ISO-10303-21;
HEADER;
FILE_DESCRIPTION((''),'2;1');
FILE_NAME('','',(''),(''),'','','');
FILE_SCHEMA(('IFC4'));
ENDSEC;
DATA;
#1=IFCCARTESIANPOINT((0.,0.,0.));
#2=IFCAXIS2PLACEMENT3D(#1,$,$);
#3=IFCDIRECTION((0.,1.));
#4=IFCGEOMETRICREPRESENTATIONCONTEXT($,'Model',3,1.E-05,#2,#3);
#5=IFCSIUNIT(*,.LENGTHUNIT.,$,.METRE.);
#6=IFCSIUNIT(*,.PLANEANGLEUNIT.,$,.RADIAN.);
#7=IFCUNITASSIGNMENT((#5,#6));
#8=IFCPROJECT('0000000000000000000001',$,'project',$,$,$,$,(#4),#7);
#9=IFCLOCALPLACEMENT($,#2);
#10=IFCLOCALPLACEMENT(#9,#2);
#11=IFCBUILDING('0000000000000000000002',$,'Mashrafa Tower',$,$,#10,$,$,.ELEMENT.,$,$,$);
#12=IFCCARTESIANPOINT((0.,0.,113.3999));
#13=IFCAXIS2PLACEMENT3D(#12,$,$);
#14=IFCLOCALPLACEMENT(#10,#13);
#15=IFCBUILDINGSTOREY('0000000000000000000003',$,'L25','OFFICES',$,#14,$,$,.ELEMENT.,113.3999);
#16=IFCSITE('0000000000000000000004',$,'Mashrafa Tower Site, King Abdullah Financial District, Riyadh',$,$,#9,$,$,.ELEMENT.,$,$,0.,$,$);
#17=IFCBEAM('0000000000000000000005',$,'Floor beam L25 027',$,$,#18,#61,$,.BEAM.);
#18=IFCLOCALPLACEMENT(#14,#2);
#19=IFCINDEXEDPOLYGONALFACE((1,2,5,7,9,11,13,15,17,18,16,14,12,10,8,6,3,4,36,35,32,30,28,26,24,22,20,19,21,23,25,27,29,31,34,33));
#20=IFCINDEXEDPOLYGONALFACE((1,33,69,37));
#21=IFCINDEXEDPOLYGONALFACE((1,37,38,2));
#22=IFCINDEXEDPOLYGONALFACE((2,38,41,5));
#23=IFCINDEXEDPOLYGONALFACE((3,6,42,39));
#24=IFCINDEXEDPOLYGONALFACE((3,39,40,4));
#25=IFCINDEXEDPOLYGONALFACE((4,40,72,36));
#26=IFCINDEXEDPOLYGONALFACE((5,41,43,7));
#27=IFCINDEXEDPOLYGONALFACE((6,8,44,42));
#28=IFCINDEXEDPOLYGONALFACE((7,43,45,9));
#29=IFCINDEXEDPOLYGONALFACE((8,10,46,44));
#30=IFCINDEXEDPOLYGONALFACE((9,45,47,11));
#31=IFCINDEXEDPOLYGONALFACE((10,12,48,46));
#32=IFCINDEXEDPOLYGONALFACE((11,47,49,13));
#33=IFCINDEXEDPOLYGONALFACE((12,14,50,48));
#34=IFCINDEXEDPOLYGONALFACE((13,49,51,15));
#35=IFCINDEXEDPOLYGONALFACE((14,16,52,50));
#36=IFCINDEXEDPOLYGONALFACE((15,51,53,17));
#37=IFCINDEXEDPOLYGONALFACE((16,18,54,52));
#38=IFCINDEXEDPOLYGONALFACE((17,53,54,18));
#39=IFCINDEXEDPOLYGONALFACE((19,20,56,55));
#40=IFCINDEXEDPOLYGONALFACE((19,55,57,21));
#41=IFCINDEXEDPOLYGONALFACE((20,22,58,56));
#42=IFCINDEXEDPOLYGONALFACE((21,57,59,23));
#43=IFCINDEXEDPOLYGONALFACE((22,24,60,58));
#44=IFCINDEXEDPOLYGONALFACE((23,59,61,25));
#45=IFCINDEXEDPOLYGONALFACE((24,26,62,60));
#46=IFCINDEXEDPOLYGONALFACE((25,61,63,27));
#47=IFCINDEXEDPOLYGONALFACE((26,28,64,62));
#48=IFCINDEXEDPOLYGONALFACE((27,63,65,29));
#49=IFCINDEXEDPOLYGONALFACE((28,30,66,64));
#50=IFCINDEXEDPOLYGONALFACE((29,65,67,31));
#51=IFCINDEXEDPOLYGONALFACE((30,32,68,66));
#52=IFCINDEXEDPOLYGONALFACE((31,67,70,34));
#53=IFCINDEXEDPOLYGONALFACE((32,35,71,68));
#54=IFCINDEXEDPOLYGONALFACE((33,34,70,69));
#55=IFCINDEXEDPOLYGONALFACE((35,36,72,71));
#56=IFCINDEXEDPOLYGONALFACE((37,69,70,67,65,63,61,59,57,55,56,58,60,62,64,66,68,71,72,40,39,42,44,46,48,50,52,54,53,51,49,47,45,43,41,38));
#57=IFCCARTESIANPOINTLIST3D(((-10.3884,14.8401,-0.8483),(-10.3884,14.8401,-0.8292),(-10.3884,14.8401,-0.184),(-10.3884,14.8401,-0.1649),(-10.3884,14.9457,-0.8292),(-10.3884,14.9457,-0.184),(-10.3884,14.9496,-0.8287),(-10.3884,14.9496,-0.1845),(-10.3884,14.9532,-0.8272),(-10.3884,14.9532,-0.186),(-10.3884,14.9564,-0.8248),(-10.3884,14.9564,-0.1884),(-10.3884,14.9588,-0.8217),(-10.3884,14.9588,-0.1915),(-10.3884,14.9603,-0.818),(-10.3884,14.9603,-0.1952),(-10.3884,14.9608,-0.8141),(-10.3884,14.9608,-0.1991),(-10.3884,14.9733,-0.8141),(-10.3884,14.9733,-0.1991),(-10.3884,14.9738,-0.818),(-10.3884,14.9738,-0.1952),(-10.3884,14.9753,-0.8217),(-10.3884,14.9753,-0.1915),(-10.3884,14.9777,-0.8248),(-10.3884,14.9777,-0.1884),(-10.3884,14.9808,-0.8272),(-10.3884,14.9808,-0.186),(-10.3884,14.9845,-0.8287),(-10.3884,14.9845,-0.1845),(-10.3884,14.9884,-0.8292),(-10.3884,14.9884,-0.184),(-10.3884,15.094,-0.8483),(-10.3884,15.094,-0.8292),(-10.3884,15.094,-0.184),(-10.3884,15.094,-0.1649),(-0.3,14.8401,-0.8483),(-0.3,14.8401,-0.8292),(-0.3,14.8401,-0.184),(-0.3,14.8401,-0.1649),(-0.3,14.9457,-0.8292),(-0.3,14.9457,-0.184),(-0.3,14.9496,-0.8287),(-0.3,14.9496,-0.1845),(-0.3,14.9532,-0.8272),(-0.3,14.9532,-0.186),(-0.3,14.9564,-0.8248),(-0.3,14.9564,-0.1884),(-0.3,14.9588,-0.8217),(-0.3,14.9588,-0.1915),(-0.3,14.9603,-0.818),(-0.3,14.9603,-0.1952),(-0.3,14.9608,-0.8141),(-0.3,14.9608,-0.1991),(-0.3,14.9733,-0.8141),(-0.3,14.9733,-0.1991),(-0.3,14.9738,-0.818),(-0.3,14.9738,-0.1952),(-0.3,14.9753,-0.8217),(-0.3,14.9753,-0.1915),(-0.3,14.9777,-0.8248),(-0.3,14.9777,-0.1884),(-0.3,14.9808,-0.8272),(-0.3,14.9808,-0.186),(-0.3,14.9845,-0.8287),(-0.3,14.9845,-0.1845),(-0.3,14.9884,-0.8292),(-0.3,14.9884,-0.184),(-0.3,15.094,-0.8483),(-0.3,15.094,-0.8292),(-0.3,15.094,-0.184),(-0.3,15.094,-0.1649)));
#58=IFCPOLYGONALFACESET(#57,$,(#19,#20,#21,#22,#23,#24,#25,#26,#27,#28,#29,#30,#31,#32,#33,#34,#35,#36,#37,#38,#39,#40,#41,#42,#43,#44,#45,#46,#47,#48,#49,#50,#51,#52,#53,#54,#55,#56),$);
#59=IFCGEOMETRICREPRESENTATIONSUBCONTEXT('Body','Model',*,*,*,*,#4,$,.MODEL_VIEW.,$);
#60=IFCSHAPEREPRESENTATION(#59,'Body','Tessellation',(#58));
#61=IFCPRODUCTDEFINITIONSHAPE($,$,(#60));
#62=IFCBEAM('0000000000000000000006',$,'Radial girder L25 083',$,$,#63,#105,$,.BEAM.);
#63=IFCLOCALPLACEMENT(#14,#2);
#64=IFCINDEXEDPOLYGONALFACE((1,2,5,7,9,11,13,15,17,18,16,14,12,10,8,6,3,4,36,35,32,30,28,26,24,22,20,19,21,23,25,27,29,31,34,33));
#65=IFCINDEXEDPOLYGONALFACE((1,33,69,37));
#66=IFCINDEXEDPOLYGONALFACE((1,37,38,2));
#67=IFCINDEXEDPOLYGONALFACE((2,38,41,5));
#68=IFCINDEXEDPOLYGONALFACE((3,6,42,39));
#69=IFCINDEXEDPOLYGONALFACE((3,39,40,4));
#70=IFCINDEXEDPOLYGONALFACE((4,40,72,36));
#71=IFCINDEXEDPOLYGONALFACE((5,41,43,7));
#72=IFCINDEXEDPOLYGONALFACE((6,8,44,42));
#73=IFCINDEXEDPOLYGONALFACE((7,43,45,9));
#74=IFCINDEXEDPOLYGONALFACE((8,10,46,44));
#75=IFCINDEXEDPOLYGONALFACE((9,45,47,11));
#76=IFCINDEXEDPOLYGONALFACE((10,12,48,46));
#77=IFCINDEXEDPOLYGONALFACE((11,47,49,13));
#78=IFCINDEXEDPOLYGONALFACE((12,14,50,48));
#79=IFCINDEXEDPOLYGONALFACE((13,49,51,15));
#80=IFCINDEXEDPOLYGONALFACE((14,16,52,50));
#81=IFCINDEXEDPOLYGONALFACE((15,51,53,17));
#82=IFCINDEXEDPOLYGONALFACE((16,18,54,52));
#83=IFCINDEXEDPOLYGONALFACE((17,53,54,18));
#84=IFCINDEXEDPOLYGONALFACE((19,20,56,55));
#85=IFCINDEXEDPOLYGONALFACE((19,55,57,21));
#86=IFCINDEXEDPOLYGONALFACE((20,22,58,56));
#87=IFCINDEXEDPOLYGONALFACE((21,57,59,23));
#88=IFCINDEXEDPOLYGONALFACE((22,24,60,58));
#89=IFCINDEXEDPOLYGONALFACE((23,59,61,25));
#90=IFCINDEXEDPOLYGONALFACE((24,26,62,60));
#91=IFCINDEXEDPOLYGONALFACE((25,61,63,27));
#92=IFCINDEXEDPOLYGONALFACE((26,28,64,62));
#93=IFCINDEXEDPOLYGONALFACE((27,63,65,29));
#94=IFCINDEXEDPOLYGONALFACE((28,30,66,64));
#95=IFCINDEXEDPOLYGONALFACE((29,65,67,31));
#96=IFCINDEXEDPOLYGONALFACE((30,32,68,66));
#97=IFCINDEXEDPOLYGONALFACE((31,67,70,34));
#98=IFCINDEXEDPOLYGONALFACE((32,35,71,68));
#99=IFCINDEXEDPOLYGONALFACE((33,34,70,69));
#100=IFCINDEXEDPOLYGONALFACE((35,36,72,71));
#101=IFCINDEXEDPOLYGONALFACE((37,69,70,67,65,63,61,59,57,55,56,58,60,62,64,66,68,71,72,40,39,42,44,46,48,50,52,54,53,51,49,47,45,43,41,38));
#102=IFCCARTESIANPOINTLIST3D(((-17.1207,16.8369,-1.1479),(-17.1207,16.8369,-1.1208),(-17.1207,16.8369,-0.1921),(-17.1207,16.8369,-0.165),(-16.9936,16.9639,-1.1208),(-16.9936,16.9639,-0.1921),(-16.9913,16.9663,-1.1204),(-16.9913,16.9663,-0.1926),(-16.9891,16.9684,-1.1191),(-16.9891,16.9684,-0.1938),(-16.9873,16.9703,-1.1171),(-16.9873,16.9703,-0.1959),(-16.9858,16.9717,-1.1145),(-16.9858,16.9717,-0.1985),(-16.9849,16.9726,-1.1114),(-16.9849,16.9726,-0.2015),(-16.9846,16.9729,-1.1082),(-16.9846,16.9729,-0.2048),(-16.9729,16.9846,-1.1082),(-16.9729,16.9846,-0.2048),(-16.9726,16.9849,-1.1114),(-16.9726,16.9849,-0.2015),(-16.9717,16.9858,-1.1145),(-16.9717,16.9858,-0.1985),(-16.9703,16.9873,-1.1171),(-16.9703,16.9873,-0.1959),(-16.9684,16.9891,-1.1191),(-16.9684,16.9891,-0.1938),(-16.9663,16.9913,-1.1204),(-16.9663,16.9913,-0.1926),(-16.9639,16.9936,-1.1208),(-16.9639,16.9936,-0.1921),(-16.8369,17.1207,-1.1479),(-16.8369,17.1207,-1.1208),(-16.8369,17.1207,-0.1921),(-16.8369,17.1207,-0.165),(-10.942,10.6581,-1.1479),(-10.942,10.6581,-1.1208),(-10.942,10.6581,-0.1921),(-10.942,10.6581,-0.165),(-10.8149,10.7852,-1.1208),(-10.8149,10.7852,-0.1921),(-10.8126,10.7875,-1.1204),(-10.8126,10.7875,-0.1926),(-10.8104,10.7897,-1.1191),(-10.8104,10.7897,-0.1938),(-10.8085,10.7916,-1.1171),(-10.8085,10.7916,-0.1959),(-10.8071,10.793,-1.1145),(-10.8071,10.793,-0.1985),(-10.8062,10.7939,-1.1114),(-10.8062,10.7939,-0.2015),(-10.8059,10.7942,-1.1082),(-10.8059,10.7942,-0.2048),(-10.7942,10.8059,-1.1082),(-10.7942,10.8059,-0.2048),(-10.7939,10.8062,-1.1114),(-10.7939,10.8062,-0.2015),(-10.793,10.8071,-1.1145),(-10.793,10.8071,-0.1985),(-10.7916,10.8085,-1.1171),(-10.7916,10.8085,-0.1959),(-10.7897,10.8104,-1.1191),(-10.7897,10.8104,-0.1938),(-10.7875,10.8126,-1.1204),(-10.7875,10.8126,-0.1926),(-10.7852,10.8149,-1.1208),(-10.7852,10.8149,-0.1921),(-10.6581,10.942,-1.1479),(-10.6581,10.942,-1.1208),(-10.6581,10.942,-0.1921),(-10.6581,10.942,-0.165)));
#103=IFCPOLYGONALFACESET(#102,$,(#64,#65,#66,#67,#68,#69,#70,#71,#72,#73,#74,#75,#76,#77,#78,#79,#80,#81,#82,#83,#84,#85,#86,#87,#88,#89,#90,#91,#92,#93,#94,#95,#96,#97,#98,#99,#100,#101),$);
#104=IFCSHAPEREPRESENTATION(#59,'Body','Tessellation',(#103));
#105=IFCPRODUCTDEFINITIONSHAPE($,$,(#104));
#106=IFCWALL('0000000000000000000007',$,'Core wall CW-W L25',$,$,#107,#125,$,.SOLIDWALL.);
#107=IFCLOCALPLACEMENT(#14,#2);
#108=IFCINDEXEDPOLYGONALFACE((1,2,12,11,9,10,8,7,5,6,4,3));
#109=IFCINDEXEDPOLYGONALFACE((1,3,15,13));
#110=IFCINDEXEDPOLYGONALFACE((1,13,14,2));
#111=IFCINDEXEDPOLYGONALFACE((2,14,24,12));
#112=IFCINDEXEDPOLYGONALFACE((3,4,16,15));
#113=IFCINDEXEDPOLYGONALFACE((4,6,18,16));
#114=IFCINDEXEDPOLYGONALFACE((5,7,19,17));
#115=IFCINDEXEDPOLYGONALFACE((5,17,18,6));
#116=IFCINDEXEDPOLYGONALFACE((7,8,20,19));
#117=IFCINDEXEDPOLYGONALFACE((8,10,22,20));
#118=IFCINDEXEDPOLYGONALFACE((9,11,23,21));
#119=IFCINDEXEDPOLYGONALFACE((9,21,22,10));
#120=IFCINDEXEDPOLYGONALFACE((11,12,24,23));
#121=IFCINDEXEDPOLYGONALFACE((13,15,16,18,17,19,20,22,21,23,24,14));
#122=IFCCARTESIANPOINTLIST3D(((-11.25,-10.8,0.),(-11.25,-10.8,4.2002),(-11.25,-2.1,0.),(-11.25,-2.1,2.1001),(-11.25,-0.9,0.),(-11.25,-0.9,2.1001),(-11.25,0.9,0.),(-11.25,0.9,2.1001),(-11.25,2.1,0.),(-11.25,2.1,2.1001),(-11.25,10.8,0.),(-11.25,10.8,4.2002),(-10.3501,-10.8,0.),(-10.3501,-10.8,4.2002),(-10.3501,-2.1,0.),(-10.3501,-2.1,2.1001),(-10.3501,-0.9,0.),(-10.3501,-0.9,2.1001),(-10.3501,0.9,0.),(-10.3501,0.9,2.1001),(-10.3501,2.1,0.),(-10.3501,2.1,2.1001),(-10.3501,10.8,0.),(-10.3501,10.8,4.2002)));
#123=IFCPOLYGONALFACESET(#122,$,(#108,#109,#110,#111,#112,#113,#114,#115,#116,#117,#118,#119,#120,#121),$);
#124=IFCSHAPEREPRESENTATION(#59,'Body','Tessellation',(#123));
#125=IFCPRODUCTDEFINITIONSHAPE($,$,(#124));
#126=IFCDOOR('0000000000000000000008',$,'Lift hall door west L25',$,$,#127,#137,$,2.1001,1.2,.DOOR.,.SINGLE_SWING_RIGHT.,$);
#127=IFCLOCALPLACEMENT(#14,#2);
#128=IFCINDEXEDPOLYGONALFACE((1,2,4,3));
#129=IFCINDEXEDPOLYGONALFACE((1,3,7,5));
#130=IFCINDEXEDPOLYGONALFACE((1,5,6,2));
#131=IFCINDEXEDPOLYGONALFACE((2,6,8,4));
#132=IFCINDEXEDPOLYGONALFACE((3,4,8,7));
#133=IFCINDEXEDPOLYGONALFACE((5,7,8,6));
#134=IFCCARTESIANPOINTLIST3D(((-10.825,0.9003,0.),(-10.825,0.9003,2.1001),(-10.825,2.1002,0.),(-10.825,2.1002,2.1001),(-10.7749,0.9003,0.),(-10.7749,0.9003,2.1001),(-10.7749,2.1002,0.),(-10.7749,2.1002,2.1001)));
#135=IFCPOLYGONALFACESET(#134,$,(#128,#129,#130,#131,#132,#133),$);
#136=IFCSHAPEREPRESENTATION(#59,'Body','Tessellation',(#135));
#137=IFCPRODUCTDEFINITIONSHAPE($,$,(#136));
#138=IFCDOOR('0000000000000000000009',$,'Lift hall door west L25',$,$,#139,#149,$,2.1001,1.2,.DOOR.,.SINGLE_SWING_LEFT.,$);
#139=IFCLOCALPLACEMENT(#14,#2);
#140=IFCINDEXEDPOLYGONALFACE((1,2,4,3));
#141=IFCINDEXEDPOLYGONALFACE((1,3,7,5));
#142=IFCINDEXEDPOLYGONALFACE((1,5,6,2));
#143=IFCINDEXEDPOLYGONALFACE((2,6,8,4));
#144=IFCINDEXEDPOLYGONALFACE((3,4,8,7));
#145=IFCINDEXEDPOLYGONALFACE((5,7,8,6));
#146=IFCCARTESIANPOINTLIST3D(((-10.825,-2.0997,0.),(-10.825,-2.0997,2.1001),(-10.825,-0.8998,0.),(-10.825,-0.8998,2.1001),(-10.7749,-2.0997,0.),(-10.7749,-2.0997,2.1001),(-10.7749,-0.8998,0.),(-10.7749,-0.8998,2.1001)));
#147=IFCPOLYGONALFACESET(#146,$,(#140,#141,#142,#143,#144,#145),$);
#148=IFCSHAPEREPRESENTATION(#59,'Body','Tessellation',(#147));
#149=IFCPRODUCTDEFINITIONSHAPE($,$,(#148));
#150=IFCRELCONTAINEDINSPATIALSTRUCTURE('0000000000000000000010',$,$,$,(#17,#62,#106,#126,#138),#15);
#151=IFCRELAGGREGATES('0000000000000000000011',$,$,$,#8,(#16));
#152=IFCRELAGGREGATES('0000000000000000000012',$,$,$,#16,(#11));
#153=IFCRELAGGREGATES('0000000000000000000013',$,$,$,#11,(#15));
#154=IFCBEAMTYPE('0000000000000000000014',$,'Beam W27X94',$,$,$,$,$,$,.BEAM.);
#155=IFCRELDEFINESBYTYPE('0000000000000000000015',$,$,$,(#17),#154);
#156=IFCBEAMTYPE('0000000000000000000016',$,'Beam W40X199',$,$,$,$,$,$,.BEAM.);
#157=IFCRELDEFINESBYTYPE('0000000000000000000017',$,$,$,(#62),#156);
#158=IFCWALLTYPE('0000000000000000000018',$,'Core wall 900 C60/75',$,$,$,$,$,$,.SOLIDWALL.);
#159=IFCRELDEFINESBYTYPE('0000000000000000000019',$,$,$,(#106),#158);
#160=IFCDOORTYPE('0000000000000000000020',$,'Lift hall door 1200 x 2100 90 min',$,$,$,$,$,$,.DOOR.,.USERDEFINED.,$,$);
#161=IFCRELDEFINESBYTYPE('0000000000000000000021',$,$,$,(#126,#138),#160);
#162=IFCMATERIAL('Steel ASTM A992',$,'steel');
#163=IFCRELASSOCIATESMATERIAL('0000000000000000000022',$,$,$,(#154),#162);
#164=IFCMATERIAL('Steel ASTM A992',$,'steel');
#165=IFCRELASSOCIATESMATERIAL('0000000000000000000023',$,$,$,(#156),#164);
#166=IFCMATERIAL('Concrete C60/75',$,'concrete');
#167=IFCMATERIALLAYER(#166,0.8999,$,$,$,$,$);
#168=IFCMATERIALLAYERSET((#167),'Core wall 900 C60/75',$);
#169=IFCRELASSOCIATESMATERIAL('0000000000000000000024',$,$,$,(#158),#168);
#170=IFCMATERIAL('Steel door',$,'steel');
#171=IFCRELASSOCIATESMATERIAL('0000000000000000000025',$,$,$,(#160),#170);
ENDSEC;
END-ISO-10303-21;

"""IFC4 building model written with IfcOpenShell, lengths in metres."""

from ifc_helpers import new_model, si_unit, direction, frame, frame_2d, origin, origin_2d, place, context, subcontext, project, spatial, rectangle, i_section, extrude, material, layer, layer_set, material_profile, profile_set, type_object, element, fill, save


model = new_model("IFC4")

# Units and contexts
model_context = context("Model", 3, precision=1e-05, world=origin(), true_north=direction((0.0, 1.0)))
body_context = subcontext(model_context, "Body", "Model", "MODEL_VIEW")
ifc_project = project(units=[si_unit("LENGTHUNIT", "METRE"), si_unit("PLANEANGLEUNIT", "RADIAN")], contexts=[model_context])

# Site, building, storey
site_placement = place(None, origin())
site = spatial("IfcSite", under=ifc_project, at=site_placement, Name="Mashrafa Tower Site, King Abdullah Financial District, Riyadh", CompositionType="ELEMENT", RefElevation=0.0)
building_placement = place(site_placement, origin())
building = spatial("IfcBuilding", under=site, at=building_placement, Name="Mashrafa Tower", CompositionType="ELEMENT")
storey_placement = place(building_placement, frame((0.0, 0.0, 113.3999)))
storey = spatial("IfcBuildingStorey", under=building, at=storey_placement, Name="L25", Description="OFFICES", CompositionType="ELEMENT", Elevation=113.3999)

# Beams
ifc_material_1 = material(Name="Steel ASTM A992", Category="steel")
ifc_material_profile_1 = material_profile(ifc_material_1, i_section(OverallWidth=0.2539, OverallDepth=0.6833, WebThickness=0.0125, FlangeThickness=0.019, FilletRadius=0.0151, at=origin_2d()), Name="W27X94")
ifc_profile_set_1 = profile_set([ifc_material_profile_1], Name="Steel ASTM A992")
beam_type_1 = type_object("IfcBeamType", Name="Beam W27X94", PredefinedType="BEAM", material=ifc_profile_set_1)
beam_1_placement = place(storey_placement, frame((-10.3884, 14.967, -0.5066), z_axis=(1.0, 0.0, 0.0), x_axis=(0.0, 1.0, 0.0)))
element("IfcBeam", 1, at=beam_1_placement, inside=storey, type_object=beam_type_1, Name="Floor beam L25 027", PredefinedType="BEAM", context=body_context, shape_type="SweptSolid", body=[
    extrude(i_section(OverallWidth=0.2539, OverallDepth=0.6833, WebThickness=0.0125, FlangeThickness=0.019, FilletRadius=0.0151, at=origin_2d()), origin(), (0.0, 0.0, 1.0), 10.0884),
])
ifc_material_2 = material(Name="Steel ASTM A992", Category="steel")
ifc_material_profile_2 = material_profile(ifc_material_2, i_section(OverallWidth=0.4014, OverallDepth=0.9829, WebThickness=0.0166, FlangeThickness=0.0271, FilletRadius=0.0127, at=origin_2d()), Name="W40X199")
ifc_profile_set_2 = profile_set([ifc_material_profile_2], Name="Steel ASTM A992")
beam_type_2 = type_object("IfcBeamType", Name="Beam W40X199", PredefinedType="BEAM", material=ifc_profile_set_2)
beam_2_placement = place(storey_placement, frame((-10.8, 10.8, -0.6565), z_axis=(-0.707107, 0.707107, 0.0), x_axis=(-0.707107, -0.707107, 0.0)))
element("IfcBeam", 2, at=beam_2_placement, inside=storey, type_object=beam_type_2, Name="Radial girder L25 083", PredefinedType="BEAM", context=body_context, shape_type="SweptSolid", body=[
    extrude(i_section(OverallWidth=0.4014, OverallDepth=0.9829, WebThickness=0.0166, FlangeThickness=0.0271, FilletRadius=0.0127, at=origin_2d()), origin(), (0.0, 0.0, 1.0), 8.738),
])

# Wall, openings, doors
ifc_material_3 = material(Name="Concrete C60/75", Category="concrete")
ifc_layer_1 = layer(ifc_material_3, 0.8999)
ifc_layer_set_1 = layer_set([ifc_layer_1], Name="Core wall 900 C60/75")
wall_type_1 = type_object("IfcWallType", Name="Core wall 900 C60/75", PredefinedType="SOLIDWALL", material=ifc_layer_set_1)
wall_1_placement = place(storey_placement, frame((-10.8, 10.8, 0.0), z_axis=(0.0, 0.0, 1.0), x_axis=(0.0, -1.0, 0.0)))
wall_1 = element("IfcWall", 3, at=wall_1_placement, inside=storey, type_object=wall_type_1, Name="Core wall CW-W L25", PredefinedType="SOLIDWALL", context=body_context, shape_type="SweptSolid", body=[
    extrude(rectangle(XDim=21.6001, YDim=0.8999, at=frame_2d((10.8, 0.0))), origin(), (0.0, 0.0, 1.0), 4.2002),
])
opening_1_placement = place(wall_1_placement, frame((8.7, 0.0, 0.0)))
opening_1 = element("IfcOpeningElement", 4, at=opening_1_placement, cuts=wall_1, PredefinedType="OPENING", context=body_context, shape_type="SweptSolid", body=[
    extrude(rectangle(XDim=1.2, YDim=2.1001, at=frame_2d((0.6001, 1.05))), frame((0.0, 0.46, 0.0), z_axis=(0.0, -1.0, 0.0), x_axis=(1.0, 0.0, 0.0)), (0.0, 0.0, 1.0), 0.9199),
])
opening_2_placement = place(wall_1_placement, frame((11.7, 0.0, 0.0)))
opening_2 = element("IfcOpeningElement", 5, at=opening_2_placement, cuts=wall_1, PredefinedType="OPENING", context=body_context, shape_type="SweptSolid", body=[
    extrude(rectangle(XDim=1.2, YDim=2.1001, at=frame_2d((0.6001, 1.05))), frame((0.0, 0.46, 0.0), z_axis=(0.0, -1.0, 0.0), x_axis=(1.0, 0.0, 0.0)), (0.0, 0.0, 1.0), 0.9199),
])
ifc_material_4 = material(Name="Steel door", Category="steel")
door_type_1 = type_object("IfcDoorType", Name="Lift hall door 1200 x 2100 90 min", OperationType="USERDEFINED", PredefinedType="DOOR", material=ifc_material_4)
door_1_placement = place(opening_1_placement, frame((1.2, 0.0, 0.0), z_axis=(0.0, 0.0, 1.0), x_axis=(-1.0, 0.0, 0.0)))
door_1 = element("IfcDoor", 6, at=door_1_placement, inside=storey, type_object=door_type_1, Name="Lift hall door west L25", OperationType="SINGLE_SWING_RIGHT", OverallHeight=2.1001, OverallWidth=1.2, PredefinedType="DOOR", context=body_context, shape_type="SweptSolid", body=[
    extrude(rectangle(XDim=1.2, YDim=2.1001, at=frame_2d((0.6001, 1.05))), frame((0.0, 0.0249, 0.0), z_axis=(0.0, -1.0, 0.0), x_axis=(1.0, 0.0, 0.0)), (0.0, 0.0, 1.0), 0.05),
])
fill(opening_1, door_1)
door_2_placement = place(opening_2_placement, frame((1.2, 0.0, 0.0), z_axis=(0.0, 0.0, 1.0), x_axis=(-1.0, 0.0, 0.0)))
door_2 = element("IfcDoor", 7, at=door_2_placement, inside=storey, type_object=door_type_1, Name="Lift hall door west L25", OperationType="SINGLE_SWING_LEFT", OverallHeight=2.1001, OverallWidth=1.2, PredefinedType="DOOR", context=body_context, shape_type="SweptSolid", body=[
    extrude(rectangle(XDim=1.2, YDim=2.1001, at=frame_2d((0.6001, 1.05))), frame((0.0, 0.0249, 0.0), z_axis=(0.0, -1.0, 0.0), x_axis=(1.0, 0.0, 0.0)), (0.0, 0.0, 1.0), 0.05),
])
fill(opening_2, door_2)

save(model, "model.ifc")
